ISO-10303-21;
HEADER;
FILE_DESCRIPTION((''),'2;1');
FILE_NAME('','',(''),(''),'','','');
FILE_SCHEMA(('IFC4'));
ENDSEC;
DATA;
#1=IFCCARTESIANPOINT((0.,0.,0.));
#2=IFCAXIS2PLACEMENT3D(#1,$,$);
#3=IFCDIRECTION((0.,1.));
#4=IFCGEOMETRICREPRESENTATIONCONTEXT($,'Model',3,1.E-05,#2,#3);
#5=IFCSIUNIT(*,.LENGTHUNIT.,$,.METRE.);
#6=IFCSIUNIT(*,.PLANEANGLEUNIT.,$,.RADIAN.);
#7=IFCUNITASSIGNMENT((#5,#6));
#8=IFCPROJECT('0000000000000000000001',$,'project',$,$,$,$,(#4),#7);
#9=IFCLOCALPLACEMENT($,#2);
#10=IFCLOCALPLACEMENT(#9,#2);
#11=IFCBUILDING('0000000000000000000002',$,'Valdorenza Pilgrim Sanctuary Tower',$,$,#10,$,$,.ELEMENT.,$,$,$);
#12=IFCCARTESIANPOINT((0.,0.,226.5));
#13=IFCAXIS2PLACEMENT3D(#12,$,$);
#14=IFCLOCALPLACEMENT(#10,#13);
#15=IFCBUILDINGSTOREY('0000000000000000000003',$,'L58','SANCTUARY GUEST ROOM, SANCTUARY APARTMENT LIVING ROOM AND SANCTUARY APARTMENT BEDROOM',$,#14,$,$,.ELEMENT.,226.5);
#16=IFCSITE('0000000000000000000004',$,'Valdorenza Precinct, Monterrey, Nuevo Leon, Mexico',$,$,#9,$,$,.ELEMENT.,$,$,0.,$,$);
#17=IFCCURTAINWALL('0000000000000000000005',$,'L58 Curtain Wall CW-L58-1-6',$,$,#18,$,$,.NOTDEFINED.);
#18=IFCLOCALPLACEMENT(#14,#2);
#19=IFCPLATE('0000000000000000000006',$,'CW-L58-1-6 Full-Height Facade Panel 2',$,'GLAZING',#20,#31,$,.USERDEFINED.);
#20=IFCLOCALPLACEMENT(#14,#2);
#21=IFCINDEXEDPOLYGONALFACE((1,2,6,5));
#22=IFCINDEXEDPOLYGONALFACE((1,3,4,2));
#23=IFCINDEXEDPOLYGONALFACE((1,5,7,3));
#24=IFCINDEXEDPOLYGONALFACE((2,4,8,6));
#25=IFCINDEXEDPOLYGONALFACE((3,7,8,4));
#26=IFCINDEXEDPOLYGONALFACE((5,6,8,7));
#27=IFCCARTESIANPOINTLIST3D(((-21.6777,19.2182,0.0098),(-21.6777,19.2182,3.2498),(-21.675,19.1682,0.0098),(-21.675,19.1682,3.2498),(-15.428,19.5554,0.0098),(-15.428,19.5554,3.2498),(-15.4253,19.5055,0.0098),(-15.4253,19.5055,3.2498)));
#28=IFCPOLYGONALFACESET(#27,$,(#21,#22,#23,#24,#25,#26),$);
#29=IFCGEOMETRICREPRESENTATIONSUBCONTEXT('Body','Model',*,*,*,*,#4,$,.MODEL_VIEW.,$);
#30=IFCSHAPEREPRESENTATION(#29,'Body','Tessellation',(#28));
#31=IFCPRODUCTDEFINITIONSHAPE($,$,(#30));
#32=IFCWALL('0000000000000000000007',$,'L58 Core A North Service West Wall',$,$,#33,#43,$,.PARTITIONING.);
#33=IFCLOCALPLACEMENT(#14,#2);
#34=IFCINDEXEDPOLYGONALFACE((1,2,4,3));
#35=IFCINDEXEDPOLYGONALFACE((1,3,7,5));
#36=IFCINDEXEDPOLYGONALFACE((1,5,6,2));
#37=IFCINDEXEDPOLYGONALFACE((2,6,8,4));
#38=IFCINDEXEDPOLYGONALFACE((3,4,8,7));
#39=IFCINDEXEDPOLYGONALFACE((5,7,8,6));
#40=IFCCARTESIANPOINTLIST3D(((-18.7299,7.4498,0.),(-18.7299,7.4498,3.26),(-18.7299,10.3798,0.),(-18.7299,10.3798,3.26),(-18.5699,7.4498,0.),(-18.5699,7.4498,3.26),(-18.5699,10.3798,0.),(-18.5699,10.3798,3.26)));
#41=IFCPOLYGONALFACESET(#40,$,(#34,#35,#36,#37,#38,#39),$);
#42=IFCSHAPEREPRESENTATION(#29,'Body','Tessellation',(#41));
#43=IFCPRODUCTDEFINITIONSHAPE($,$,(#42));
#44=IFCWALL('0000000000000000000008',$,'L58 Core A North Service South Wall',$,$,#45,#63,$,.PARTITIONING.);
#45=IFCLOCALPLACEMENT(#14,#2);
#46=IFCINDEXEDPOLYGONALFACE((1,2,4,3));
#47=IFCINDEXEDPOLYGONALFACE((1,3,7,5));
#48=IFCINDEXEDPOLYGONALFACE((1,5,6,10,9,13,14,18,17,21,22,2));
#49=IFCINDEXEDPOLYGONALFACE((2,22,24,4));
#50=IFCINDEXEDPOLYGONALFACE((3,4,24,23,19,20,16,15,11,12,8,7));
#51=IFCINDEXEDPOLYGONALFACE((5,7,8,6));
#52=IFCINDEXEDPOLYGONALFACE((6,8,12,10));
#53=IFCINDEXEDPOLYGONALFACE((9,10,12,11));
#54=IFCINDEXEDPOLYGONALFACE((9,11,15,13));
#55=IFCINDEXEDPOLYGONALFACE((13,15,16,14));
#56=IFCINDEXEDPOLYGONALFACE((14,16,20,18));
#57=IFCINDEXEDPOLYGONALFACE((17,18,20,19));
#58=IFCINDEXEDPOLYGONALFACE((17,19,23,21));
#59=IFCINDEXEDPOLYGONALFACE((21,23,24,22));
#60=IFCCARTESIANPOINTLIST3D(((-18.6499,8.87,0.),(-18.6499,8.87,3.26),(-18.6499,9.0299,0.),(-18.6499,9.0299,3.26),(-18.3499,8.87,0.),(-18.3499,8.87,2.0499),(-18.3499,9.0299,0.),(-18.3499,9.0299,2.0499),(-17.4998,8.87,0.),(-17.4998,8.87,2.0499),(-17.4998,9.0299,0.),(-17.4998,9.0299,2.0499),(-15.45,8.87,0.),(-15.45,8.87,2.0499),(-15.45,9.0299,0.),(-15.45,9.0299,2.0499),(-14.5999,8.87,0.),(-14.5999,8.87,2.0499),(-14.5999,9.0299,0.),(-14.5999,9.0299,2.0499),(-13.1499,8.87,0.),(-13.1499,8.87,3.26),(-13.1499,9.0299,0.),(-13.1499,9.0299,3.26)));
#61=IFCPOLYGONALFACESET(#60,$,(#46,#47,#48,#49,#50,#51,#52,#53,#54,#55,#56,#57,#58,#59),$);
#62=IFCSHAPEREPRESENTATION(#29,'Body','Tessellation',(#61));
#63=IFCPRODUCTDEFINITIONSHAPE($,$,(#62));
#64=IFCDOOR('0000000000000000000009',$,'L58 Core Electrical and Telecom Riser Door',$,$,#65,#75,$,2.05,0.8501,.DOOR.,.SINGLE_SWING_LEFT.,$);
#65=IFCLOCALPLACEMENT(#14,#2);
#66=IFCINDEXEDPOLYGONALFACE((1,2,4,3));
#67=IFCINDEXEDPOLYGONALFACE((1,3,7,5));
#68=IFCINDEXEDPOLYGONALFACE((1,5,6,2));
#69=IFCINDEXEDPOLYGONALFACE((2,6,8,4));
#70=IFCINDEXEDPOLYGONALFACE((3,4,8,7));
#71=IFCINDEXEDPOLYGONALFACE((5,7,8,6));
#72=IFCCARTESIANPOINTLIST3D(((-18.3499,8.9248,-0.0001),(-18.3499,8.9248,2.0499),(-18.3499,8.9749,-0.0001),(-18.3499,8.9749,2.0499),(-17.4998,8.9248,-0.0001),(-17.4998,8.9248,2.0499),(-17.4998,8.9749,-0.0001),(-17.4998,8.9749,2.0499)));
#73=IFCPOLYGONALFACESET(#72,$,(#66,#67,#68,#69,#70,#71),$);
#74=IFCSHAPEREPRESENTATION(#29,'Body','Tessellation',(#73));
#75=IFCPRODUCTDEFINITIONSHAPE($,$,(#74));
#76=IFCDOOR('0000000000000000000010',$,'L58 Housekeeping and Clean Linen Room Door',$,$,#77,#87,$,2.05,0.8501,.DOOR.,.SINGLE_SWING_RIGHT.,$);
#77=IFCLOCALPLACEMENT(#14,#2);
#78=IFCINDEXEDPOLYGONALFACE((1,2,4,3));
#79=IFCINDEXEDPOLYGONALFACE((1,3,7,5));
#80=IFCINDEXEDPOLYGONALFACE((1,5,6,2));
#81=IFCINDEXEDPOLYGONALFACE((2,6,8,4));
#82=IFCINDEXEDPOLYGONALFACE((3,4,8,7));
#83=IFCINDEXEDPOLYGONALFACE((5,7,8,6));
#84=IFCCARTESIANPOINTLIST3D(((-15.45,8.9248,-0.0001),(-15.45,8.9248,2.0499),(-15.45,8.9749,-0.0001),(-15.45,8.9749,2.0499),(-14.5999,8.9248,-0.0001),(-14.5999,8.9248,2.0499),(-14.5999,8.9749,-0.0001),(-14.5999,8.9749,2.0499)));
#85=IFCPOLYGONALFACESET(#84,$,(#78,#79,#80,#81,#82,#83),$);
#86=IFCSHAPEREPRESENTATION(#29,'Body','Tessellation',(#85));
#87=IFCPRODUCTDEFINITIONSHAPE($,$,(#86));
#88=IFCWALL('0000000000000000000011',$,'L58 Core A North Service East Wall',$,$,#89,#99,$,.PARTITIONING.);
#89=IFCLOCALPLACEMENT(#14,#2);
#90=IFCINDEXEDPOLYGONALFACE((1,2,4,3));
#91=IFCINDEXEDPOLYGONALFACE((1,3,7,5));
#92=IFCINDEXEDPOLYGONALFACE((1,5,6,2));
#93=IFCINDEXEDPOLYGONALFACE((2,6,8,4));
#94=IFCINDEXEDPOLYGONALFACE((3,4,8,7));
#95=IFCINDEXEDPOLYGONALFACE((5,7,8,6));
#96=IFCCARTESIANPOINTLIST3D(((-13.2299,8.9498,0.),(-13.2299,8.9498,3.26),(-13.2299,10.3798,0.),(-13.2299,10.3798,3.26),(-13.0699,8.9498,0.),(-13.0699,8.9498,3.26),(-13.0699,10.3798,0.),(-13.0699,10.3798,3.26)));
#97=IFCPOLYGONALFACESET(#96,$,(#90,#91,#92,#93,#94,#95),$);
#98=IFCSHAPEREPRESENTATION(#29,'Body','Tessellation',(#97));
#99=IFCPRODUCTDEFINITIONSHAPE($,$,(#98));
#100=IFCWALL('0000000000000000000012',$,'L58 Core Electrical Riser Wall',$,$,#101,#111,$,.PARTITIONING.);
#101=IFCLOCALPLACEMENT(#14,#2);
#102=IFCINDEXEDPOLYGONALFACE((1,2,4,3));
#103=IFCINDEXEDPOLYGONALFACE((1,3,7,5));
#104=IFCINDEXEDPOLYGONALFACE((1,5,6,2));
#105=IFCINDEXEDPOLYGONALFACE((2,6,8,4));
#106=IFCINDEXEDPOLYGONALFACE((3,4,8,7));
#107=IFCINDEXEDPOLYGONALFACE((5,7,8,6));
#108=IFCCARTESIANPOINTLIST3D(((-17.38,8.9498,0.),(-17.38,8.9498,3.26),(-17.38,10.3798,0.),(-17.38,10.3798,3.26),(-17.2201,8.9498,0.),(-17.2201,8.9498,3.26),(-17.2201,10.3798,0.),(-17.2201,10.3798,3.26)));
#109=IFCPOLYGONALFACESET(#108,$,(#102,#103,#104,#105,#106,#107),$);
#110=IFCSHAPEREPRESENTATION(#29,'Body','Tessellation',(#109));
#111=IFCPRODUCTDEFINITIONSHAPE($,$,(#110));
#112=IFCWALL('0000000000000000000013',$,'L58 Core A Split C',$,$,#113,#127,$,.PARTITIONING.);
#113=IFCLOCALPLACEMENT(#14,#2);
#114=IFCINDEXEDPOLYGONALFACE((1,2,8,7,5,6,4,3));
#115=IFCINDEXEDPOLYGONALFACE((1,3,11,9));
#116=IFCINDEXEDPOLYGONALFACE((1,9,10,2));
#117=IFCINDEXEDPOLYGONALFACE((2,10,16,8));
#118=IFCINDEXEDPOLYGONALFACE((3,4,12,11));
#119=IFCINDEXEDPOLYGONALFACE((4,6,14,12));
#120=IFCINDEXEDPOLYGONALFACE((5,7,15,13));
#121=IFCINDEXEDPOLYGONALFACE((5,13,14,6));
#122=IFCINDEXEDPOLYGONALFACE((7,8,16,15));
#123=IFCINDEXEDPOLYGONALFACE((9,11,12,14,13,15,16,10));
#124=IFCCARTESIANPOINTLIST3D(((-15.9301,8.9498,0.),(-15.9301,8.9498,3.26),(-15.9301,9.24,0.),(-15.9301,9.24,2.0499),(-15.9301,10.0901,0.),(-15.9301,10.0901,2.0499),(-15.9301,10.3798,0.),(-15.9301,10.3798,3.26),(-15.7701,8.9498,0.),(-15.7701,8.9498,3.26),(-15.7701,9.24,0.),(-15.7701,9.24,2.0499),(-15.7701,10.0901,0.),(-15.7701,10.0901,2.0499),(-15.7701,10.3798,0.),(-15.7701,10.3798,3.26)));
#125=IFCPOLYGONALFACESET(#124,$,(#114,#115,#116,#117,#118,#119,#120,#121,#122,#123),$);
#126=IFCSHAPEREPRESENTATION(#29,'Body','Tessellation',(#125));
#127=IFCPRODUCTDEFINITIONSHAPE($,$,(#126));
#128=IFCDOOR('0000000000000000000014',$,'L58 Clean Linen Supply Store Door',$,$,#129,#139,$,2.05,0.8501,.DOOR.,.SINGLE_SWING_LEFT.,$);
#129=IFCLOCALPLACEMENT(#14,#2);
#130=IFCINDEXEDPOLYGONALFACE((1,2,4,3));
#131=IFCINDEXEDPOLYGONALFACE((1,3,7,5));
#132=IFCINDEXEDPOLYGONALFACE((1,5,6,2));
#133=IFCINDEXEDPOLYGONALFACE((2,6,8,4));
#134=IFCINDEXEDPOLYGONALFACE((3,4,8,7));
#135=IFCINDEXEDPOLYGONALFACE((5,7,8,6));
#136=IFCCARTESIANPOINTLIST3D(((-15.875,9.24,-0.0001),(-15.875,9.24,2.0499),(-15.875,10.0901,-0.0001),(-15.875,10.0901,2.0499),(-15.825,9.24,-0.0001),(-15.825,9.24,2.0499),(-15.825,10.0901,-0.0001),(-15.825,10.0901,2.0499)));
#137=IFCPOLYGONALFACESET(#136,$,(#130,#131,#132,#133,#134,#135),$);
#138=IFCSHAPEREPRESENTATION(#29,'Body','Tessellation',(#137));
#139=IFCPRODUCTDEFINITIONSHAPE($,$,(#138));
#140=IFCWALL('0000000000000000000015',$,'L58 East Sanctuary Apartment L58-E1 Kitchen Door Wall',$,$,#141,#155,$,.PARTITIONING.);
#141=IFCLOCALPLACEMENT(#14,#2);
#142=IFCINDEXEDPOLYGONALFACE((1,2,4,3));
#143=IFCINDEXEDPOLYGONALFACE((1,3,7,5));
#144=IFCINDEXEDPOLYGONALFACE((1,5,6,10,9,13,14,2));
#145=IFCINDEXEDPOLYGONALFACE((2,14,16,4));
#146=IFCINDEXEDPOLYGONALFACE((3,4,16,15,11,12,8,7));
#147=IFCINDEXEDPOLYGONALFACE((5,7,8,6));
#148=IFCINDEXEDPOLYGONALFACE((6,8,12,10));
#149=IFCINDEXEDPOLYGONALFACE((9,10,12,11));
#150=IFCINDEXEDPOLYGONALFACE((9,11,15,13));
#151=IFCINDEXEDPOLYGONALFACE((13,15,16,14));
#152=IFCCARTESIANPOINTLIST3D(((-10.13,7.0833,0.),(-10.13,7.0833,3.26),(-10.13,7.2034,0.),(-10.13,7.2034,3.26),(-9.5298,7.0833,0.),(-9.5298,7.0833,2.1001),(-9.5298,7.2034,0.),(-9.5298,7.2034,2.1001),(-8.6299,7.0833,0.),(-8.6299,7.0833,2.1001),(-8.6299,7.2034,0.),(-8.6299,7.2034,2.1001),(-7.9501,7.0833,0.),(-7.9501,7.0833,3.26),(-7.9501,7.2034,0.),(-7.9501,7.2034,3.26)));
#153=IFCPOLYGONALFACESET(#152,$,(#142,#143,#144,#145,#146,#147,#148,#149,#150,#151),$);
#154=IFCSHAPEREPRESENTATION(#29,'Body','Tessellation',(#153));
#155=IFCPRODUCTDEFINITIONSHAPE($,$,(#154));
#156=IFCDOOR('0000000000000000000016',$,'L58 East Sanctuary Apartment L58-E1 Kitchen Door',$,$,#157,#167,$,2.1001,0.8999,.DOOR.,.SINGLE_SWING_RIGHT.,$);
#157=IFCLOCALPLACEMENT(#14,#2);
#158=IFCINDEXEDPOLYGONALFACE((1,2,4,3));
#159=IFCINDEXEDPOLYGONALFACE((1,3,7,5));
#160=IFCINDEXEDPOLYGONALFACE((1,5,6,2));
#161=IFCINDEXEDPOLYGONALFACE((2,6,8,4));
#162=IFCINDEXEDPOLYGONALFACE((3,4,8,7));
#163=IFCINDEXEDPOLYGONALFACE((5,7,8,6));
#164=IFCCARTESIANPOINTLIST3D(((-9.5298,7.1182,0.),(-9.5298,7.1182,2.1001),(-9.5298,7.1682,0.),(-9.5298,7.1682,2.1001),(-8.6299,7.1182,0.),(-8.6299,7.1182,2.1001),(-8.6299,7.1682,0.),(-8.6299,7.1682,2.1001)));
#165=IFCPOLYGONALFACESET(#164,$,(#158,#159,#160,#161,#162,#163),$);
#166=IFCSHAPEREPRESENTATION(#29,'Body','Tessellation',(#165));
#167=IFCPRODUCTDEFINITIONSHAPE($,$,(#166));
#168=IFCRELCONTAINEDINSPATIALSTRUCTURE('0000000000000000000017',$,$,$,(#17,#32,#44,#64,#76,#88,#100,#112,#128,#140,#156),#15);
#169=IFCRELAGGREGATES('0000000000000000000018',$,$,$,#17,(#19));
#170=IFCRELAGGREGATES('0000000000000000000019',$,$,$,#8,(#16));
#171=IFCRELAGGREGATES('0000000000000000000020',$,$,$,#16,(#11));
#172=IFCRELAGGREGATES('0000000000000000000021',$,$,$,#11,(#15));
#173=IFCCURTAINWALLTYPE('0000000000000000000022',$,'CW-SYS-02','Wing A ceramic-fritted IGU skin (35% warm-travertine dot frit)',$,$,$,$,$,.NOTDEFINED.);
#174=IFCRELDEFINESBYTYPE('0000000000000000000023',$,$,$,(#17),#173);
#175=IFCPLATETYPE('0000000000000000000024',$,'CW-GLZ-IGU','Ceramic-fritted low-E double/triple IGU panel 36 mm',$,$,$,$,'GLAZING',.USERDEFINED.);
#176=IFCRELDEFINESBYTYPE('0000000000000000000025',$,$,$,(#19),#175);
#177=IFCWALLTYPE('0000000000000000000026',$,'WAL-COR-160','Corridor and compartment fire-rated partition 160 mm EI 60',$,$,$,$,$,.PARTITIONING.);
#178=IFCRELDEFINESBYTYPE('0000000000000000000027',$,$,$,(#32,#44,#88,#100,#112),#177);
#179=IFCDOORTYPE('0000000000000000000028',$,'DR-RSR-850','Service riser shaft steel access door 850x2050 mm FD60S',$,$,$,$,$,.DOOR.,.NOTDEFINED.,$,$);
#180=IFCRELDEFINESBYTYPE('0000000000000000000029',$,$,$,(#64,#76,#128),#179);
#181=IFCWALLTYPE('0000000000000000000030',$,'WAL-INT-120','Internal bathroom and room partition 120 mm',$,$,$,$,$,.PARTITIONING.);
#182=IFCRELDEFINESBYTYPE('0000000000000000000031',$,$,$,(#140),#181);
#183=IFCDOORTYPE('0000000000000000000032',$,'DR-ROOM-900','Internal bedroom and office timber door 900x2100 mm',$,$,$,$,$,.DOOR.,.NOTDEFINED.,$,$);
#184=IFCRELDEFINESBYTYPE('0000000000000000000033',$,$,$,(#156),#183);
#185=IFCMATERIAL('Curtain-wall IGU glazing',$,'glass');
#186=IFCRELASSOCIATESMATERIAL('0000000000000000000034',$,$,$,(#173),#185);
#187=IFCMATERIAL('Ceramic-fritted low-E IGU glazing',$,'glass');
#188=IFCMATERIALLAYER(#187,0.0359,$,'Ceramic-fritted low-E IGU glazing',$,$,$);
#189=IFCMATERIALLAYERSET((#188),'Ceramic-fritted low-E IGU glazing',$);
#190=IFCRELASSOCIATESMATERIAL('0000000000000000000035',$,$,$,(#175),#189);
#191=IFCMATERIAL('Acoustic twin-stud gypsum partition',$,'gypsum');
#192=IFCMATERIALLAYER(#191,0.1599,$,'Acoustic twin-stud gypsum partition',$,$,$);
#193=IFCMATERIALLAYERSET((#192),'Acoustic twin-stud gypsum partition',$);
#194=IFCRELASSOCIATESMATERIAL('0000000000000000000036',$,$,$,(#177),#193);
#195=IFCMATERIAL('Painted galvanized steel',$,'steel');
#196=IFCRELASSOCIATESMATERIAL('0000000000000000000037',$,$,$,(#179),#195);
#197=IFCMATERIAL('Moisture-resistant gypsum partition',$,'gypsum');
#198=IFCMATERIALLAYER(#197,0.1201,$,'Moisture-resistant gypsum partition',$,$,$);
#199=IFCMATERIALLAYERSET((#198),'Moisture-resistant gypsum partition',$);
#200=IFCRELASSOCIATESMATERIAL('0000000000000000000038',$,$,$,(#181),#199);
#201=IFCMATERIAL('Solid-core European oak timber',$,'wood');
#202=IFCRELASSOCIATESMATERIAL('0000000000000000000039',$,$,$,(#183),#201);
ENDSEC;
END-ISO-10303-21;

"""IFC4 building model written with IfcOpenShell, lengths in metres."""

from ifc_helpers import new_model, si_unit, direction, frame, frame_2d, origin, origin_2d, place, context, subcontext, project, spatial, rectangle, extrude, source, transform, mapped, material, layer, layer_set, type_object, element, fill, aggregate, save


model = new_model("IFC4")

# Units and contexts
model_context = context("Model", 3, precision=1e-05, world=origin(), true_north=direction((0.0, 1.0)))
body_context = subcontext(model_context, "Body", "Model", "MODEL_VIEW")
ifc_project = project(units=[si_unit("LENGTHUNIT", "METRE"), si_unit("PLANEANGLEUNIT", "RADIAN")], contexts=[model_context])

# Site, building, storey
site_placement = place(None, origin())
site = spatial("IfcSite", under=ifc_project, at=site_placement, Name="Valdorenza Precinct, Monterrey, Nuevo Leon, Mexico", CompositionType="ELEMENT", RefElevation=0.0)
building_placement = place(site_placement, origin())
building = spatial("IfcBuilding", under=site, at=building_placement, Name="Valdorenza Pilgrim Sanctuary Tower", CompositionType="ELEMENT")
storey_placement = place(building_placement, frame((0.0, 0.0, 226.5)))
storey = spatial("IfcBuildingStorey", under=building, at=storey_placement, Name="L58", Description="SANCTUARY GUEST ROOM, SANCTUARY APARTMENT LIVING ROOM AND SANCTUARY APARTMENT BEDROOM", CompositionType="ELEMENT", Elevation=226.5)

# Curtain wall, plate
ifc_material_1 = material(Name="Curtain-wall IGU glazing", Category="glass")
curtain_wall_type = type_object("IfcCurtainWallType", Name="CW-SYS-02", Description="Wing A ceramic-fritted IGU skin (35% warm-travertine dot frit)", PredefinedType="NOTDEFINED", material=ifc_material_1)
curtain_wall_placement = place(storey_placement, origin())
curtain_wall = element("IfcCurtainWall", 1, at=curtain_wall_placement, inside=storey, type_object=curtain_wall_type, Name="L58 Curtain Wall CW-L58-1-6", PredefinedType="NOTDEFINED")
ifc_material_2 = material(Name="Ceramic-fritted low-E IGU glazing", Category="glass")
ifc_layer_1 = layer(ifc_material_2, 0.0359, Name="Ceramic-fritted low-E IGU glazing")
ifc_layer_set_1 = layer_set([ifc_layer_1], Name="Ceramic-fritted low-E IGU glazing")
plate_type_1 = type_object("IfcPlateType", Name="CW-GLZ-IGU", Description="Ceramic-fritted low-E double/triple IGU panel 36 mm", ElementType="GLAZING", PredefinedType="USERDEFINED", material=ifc_layer_set_1)
shared_shape_1 = source(origin(), body_context, "Body", "SweptSolid", [
    extrude(rectangle(XDim=6.2588, YDim=0.05, at=origin_2d()), origin(), (0.0, 0.0, 1.0), 3.24),
])
plate_1_placement = place(storey_placement, frame((-18.5515, 19.3618, 0.0098), z_axis=(0.0, 0.0, 1.0), x_axis=(0.998547, 0.053887, 0.0)))
plate_1 = element("IfcPlate", 2, at=plate_1_placement, type_object=plate_type_1, Name="CW-L58-1-6 Full-Height Facade Panel 2", ObjectType="GLAZING", PredefinedType="USERDEFINED", context=body_context, shape_type="MappedRepresentation", body=[
    mapped(shared_shape_1, transform((0.0, 0.0, 0.0), x_axis=(1.0, 0.0, 0.0), y_axis=(0.0, 1.0, 0.0), z_axis=(0.0, 0.0, 1.0), scale=1.0)),
])
aggregate(curtain_wall, [plate_1])

# Wall
ifc_material_3 = material(Name="Acoustic twin-stud gypsum partition", Category="gypsum")
ifc_layer_2 = layer(ifc_material_3, 0.1599, Name="Acoustic twin-stud gypsum partition")
ifc_layer_set_2 = layer_set([ifc_layer_2], Name="Acoustic twin-stud gypsum partition")
wall_type_1 = type_object("IfcWallType", Name="WAL-COR-160", Description="Corridor and compartment fire-rated partition 160 mm EI 60", PredefinedType="PARTITIONING", material=ifc_layer_set_2)
wall_1_placement = place(storey_placement, frame((-18.6499, 7.45, 0.0), z_axis=(0.0, 0.0, 1.0), x_axis=(0.0, 1.0, 0.0)))
element("IfcWall", 3, at=wall_1_placement, inside=storey, type_object=wall_type_1, Name="L58 Core A North Service West Wall", PredefinedType="PARTITIONING", context=body_context, shape_type="SweptSolid", body=[
    extrude(rectangle(XDim=2.9299, YDim=0.1599, at=frame_2d((1.4648, 0.0))), origin(), (0.0, 0.0, 1.0), 3.26),
])

# Wall, openings, doors
wall_2_placement = place(storey_placement, frame((-18.6499, 8.95, 0.0), z_axis=(0.0, 0.0, 1.0), x_axis=(1.0, 0.0, 0.0)))
wall_2 = element("IfcWall", 4, at=wall_2_placement, inside=storey, type_object=wall_type_1, Name="L58 Core A North Service South Wall", PredefinedType="PARTITIONING", context=body_context, shape_type="SweptSolid", body=[
    extrude(rectangle(XDim=5.5, YDim=0.1599, at=frame_2d((2.75, 0.0))), origin(), (0.0, 0.0, 1.0), 3.26),
])
opening_1_placement = place(wall_2_placement, frame((0.3, 0.0, 0.0)))
opening_1 = element("IfcOpeningElement", 5, at=opening_1_placement, cuts=wall_2, PredefinedType="OPENING", context=body_context, shape_type="SweptSolid", body=[
    extrude(rectangle(XDim=0.8501, YDim=2.05, at=frame_2d((0.425, 1.0249))), frame((0.0, 0.0947, 0.0), z_axis=(0.0, -1.0, 0.0), x_axis=(1.0, 0.0, 0.0)), (0.0, 0.0, 1.0), 0.1897),
])
opening_2_placement = place(wall_2_placement, frame((3.2, 0.0, 0.0)))
opening_2 = element("IfcOpeningElement", 6, at=opening_2_placement, cuts=wall_2, PredefinedType="OPENING", context=body_context, shape_type="SweptSolid", body=[
    extrude(rectangle(XDim=0.8501, YDim=2.05, at=frame_2d((0.425, 1.0249))), frame((0.0, 0.0947, 0.0), z_axis=(0.0, -1.0, 0.0), x_axis=(1.0, 0.0, 0.0)), (0.0, 0.0, 1.0), 0.1897),
])
ifc_material_4 = material(Name="Painted galvanized steel", Category="steel")
door_type_1 = type_object("IfcDoorType", Name="DR-RSR-850", Description="Service riser shaft steel access door 850x2050 mm FD60S", OperationType="NOTDEFINED", PredefinedType="DOOR", material=ifc_material_4)
door_1_placement = place(opening_1_placement, origin())
door_1 = element("IfcDoor", 7, at=door_1_placement, inside=storey, type_object=door_type_1, Name="L58 Core Electrical and Telecom Riser Door", OperationType="SINGLE_SWING_LEFT", OverallHeight=2.05, OverallWidth=0.8501, PredefinedType="DOOR", context=body_context, shape_type="SweptSolid", body=[
    extrude(rectangle(XDim=0.8501, YDim=2.05, at=frame_2d((0.425, 1.0249))), frame((0.0, 0.0249, 0.0), z_axis=(0.0, -1.0, 0.0), x_axis=(1.0, 0.0, 0.0)), (0.0, 0.0, 1.0), 0.05),
])
fill(opening_1, door_1)
door_2_placement = place(opening_2_placement, origin())
door_2 = element("IfcDoor", 8, at=door_2_placement, inside=storey, type_object=door_type_1, Name="L58 Housekeeping and Clean Linen Room Door", OperationType="SINGLE_SWING_RIGHT", OverallHeight=2.05, OverallWidth=0.8501, PredefinedType="DOOR", context=body_context, shape_type="SweptSolid", body=[
    extrude(rectangle(XDim=0.8501, YDim=2.05, at=frame_2d((0.425, 1.0249))), frame((0.0, 0.0249, 0.0), z_axis=(0.0, -1.0, 0.0), x_axis=(1.0, 0.0, 0.0)), (0.0, 0.0, 1.0), 0.05),
])
fill(opening_2, door_2)

# Walls
for number, where, z_axis, x_axis, name in (
    (9, (-13.1499, 8.95, 0.0), (0.0, 0.0, 1.0), (0.0, 1.0, 0.0), "L58 Core A North Service East Wall"),
    (10, (-17.3, 8.95, 0.0), (0.0, 0.0, 1.0), (0.0, 1.0, 0.0), "L58 Core Electrical Riser Wall"),
):
    element("IfcWall", number, at=place(storey_placement, frame(where, z_axis=z_axis, x_axis=x_axis)), inside=storey, type_object=wall_type_1, Name=name, PredefinedType="PARTITIONING", context=body_context, shape_type="SweptSolid", body=[
        extrude(rectangle(XDim=1.4299, YDim=0.1599, at=frame_2d((0.7148, 0.0))), origin(), (0.0, 0.0, 1.0), 3.26),
    ])

# Walls, openings, doors
wall_3_placement = place(storey_placement, frame((-15.8501, 8.95, 0.0), z_axis=(0.0, 0.0, 1.0), x_axis=(0.0, 1.0, 0.0)))
wall_3 = element("IfcWall", 11, at=wall_3_placement, inside=storey, type_object=wall_type_1, Name="L58 Core A Split C", PredefinedType="PARTITIONING", context=body_context, shape_type="SweptSolid", body=[
    extrude(rectangle(XDim=1.4299, YDim=0.1599, at=frame_2d((0.7148, 0.0))), origin(), (0.0, 0.0, 1.0), 3.26),
])
opening_3_placement = place(wall_3_placement, frame((0.29, 0.0, 0.0)))
opening_3 = element("IfcOpeningElement", 12, at=opening_3_placement, cuts=wall_3, PredefinedType="OPENING", context=body_context, shape_type="SweptSolid", body=[
    extrude(rectangle(XDim=0.8501, YDim=2.05, at=frame_2d((0.425, 1.0249))), frame((0.0, 0.0947, 0.0), z_axis=(0.0, -1.0, 0.0), x_axis=(1.0, 0.0, 0.0)), (0.0, 0.0, 1.0), 0.1897),
])
door_3_placement = place(opening_3_placement, origin())
door_3 = element("IfcDoor", 13, at=door_3_placement, inside=storey, type_object=door_type_1, Name="L58 Clean Linen Supply Store Door", OperationType="SINGLE_SWING_LEFT", OverallHeight=2.05, OverallWidth=0.8501, PredefinedType="DOOR", context=body_context, shape_type="SweptSolid", body=[
    extrude(rectangle(XDim=0.8501, YDim=2.05, at=frame_2d((0.425, 1.0249))), frame((0.0, 0.0249, 0.0), z_axis=(0.0, -1.0, 0.0), x_axis=(1.0, 0.0, 0.0)), (0.0, 0.0, 1.0), 0.05),
])
fill(opening_3, door_3)
ifc_material_5 = material(Name="Moisture-resistant gypsum partition", Category="gypsum")
ifc_layer_3 = layer(ifc_material_5, 0.1201, Name="Moisture-resistant gypsum partition")
ifc_layer_set_3 = layer_set([ifc_layer_3], Name="Moisture-resistant gypsum partition")
wall_type_2 = type_object("IfcWallType", Name="WAL-INT-120", Description="Internal bathroom and room partition 120 mm", PredefinedType="PARTITIONING", material=ifc_layer_set_3)
wall_4_placement = place(storey_placement, frame((-10.1299, 7.1433, 0.0), z_axis=(0.0, 0.0, 1.0), x_axis=(1.0, 0.0, 0.0)))
wall_4 = element("IfcWall", 14, at=wall_4_placement, inside=storey, type_object=wall_type_2, Name="L58 East Sanctuary Apartment L58-E1 Kitchen Door Wall", PredefinedType="PARTITIONING", context=body_context, shape_type="SweptSolid", body=[
    extrude(rectangle(XDim=2.1799, YDim=0.1201, at=frame_2d((1.0898, 0.0))), origin(), (0.0, 0.0, 1.0), 3.26),
])
opening_4_placement = place(wall_4_placement, frame((0.6001, 0.0, 0.0)))
opening_4 = element("IfcOpeningElement", 15, at=opening_4_placement, cuts=wall_4, PredefinedType="OPENING", context=body_context, shape_type="SweptSolid", body=[
    extrude(rectangle(XDim=0.8999, YDim=2.1001, at=frame_2d((0.45, 1.05))), frame((0.0, 0.075, 0.0), z_axis=(0.0, -1.0, 0.0), x_axis=(1.0, 0.0, 0.0)), (0.0, 0.0, 1.0), 0.1499),
])
ifc_material_6 = material(Name="Solid-core European oak timber", Category="wood")
door_type_2 = type_object("IfcDoorType", Name="DR-ROOM-900", Description="Internal bedroom and office timber door 900x2100 mm", OperationType="NOTDEFINED", PredefinedType="DOOR", material=ifc_material_6)
door_4_placement = place(opening_4_placement, origin())
door_4 = element("IfcDoor", 16, at=door_4_placement, inside=storey, type_object=door_type_2, Name="L58 East Sanctuary Apartment L58-E1 Kitchen Door", OperationType="SINGLE_SWING_RIGHT", OverallHeight=2.1001, OverallWidth=0.8999, PredefinedType="DOOR", context=body_context, shape_type="SweptSolid", body=[
    extrude(rectangle(XDim=0.8999, YDim=2.1001, at=frame_2d((0.45, 1.05))), frame((0.0, 0.0249, 0.0), z_axis=(0.0, -1.0, 0.0), x_axis=(1.0, 0.0, 0.0)), (0.0, 0.0, 1.0), 0.05),
])
fill(opening_4, door_4)

save(model, "model.ifc")
